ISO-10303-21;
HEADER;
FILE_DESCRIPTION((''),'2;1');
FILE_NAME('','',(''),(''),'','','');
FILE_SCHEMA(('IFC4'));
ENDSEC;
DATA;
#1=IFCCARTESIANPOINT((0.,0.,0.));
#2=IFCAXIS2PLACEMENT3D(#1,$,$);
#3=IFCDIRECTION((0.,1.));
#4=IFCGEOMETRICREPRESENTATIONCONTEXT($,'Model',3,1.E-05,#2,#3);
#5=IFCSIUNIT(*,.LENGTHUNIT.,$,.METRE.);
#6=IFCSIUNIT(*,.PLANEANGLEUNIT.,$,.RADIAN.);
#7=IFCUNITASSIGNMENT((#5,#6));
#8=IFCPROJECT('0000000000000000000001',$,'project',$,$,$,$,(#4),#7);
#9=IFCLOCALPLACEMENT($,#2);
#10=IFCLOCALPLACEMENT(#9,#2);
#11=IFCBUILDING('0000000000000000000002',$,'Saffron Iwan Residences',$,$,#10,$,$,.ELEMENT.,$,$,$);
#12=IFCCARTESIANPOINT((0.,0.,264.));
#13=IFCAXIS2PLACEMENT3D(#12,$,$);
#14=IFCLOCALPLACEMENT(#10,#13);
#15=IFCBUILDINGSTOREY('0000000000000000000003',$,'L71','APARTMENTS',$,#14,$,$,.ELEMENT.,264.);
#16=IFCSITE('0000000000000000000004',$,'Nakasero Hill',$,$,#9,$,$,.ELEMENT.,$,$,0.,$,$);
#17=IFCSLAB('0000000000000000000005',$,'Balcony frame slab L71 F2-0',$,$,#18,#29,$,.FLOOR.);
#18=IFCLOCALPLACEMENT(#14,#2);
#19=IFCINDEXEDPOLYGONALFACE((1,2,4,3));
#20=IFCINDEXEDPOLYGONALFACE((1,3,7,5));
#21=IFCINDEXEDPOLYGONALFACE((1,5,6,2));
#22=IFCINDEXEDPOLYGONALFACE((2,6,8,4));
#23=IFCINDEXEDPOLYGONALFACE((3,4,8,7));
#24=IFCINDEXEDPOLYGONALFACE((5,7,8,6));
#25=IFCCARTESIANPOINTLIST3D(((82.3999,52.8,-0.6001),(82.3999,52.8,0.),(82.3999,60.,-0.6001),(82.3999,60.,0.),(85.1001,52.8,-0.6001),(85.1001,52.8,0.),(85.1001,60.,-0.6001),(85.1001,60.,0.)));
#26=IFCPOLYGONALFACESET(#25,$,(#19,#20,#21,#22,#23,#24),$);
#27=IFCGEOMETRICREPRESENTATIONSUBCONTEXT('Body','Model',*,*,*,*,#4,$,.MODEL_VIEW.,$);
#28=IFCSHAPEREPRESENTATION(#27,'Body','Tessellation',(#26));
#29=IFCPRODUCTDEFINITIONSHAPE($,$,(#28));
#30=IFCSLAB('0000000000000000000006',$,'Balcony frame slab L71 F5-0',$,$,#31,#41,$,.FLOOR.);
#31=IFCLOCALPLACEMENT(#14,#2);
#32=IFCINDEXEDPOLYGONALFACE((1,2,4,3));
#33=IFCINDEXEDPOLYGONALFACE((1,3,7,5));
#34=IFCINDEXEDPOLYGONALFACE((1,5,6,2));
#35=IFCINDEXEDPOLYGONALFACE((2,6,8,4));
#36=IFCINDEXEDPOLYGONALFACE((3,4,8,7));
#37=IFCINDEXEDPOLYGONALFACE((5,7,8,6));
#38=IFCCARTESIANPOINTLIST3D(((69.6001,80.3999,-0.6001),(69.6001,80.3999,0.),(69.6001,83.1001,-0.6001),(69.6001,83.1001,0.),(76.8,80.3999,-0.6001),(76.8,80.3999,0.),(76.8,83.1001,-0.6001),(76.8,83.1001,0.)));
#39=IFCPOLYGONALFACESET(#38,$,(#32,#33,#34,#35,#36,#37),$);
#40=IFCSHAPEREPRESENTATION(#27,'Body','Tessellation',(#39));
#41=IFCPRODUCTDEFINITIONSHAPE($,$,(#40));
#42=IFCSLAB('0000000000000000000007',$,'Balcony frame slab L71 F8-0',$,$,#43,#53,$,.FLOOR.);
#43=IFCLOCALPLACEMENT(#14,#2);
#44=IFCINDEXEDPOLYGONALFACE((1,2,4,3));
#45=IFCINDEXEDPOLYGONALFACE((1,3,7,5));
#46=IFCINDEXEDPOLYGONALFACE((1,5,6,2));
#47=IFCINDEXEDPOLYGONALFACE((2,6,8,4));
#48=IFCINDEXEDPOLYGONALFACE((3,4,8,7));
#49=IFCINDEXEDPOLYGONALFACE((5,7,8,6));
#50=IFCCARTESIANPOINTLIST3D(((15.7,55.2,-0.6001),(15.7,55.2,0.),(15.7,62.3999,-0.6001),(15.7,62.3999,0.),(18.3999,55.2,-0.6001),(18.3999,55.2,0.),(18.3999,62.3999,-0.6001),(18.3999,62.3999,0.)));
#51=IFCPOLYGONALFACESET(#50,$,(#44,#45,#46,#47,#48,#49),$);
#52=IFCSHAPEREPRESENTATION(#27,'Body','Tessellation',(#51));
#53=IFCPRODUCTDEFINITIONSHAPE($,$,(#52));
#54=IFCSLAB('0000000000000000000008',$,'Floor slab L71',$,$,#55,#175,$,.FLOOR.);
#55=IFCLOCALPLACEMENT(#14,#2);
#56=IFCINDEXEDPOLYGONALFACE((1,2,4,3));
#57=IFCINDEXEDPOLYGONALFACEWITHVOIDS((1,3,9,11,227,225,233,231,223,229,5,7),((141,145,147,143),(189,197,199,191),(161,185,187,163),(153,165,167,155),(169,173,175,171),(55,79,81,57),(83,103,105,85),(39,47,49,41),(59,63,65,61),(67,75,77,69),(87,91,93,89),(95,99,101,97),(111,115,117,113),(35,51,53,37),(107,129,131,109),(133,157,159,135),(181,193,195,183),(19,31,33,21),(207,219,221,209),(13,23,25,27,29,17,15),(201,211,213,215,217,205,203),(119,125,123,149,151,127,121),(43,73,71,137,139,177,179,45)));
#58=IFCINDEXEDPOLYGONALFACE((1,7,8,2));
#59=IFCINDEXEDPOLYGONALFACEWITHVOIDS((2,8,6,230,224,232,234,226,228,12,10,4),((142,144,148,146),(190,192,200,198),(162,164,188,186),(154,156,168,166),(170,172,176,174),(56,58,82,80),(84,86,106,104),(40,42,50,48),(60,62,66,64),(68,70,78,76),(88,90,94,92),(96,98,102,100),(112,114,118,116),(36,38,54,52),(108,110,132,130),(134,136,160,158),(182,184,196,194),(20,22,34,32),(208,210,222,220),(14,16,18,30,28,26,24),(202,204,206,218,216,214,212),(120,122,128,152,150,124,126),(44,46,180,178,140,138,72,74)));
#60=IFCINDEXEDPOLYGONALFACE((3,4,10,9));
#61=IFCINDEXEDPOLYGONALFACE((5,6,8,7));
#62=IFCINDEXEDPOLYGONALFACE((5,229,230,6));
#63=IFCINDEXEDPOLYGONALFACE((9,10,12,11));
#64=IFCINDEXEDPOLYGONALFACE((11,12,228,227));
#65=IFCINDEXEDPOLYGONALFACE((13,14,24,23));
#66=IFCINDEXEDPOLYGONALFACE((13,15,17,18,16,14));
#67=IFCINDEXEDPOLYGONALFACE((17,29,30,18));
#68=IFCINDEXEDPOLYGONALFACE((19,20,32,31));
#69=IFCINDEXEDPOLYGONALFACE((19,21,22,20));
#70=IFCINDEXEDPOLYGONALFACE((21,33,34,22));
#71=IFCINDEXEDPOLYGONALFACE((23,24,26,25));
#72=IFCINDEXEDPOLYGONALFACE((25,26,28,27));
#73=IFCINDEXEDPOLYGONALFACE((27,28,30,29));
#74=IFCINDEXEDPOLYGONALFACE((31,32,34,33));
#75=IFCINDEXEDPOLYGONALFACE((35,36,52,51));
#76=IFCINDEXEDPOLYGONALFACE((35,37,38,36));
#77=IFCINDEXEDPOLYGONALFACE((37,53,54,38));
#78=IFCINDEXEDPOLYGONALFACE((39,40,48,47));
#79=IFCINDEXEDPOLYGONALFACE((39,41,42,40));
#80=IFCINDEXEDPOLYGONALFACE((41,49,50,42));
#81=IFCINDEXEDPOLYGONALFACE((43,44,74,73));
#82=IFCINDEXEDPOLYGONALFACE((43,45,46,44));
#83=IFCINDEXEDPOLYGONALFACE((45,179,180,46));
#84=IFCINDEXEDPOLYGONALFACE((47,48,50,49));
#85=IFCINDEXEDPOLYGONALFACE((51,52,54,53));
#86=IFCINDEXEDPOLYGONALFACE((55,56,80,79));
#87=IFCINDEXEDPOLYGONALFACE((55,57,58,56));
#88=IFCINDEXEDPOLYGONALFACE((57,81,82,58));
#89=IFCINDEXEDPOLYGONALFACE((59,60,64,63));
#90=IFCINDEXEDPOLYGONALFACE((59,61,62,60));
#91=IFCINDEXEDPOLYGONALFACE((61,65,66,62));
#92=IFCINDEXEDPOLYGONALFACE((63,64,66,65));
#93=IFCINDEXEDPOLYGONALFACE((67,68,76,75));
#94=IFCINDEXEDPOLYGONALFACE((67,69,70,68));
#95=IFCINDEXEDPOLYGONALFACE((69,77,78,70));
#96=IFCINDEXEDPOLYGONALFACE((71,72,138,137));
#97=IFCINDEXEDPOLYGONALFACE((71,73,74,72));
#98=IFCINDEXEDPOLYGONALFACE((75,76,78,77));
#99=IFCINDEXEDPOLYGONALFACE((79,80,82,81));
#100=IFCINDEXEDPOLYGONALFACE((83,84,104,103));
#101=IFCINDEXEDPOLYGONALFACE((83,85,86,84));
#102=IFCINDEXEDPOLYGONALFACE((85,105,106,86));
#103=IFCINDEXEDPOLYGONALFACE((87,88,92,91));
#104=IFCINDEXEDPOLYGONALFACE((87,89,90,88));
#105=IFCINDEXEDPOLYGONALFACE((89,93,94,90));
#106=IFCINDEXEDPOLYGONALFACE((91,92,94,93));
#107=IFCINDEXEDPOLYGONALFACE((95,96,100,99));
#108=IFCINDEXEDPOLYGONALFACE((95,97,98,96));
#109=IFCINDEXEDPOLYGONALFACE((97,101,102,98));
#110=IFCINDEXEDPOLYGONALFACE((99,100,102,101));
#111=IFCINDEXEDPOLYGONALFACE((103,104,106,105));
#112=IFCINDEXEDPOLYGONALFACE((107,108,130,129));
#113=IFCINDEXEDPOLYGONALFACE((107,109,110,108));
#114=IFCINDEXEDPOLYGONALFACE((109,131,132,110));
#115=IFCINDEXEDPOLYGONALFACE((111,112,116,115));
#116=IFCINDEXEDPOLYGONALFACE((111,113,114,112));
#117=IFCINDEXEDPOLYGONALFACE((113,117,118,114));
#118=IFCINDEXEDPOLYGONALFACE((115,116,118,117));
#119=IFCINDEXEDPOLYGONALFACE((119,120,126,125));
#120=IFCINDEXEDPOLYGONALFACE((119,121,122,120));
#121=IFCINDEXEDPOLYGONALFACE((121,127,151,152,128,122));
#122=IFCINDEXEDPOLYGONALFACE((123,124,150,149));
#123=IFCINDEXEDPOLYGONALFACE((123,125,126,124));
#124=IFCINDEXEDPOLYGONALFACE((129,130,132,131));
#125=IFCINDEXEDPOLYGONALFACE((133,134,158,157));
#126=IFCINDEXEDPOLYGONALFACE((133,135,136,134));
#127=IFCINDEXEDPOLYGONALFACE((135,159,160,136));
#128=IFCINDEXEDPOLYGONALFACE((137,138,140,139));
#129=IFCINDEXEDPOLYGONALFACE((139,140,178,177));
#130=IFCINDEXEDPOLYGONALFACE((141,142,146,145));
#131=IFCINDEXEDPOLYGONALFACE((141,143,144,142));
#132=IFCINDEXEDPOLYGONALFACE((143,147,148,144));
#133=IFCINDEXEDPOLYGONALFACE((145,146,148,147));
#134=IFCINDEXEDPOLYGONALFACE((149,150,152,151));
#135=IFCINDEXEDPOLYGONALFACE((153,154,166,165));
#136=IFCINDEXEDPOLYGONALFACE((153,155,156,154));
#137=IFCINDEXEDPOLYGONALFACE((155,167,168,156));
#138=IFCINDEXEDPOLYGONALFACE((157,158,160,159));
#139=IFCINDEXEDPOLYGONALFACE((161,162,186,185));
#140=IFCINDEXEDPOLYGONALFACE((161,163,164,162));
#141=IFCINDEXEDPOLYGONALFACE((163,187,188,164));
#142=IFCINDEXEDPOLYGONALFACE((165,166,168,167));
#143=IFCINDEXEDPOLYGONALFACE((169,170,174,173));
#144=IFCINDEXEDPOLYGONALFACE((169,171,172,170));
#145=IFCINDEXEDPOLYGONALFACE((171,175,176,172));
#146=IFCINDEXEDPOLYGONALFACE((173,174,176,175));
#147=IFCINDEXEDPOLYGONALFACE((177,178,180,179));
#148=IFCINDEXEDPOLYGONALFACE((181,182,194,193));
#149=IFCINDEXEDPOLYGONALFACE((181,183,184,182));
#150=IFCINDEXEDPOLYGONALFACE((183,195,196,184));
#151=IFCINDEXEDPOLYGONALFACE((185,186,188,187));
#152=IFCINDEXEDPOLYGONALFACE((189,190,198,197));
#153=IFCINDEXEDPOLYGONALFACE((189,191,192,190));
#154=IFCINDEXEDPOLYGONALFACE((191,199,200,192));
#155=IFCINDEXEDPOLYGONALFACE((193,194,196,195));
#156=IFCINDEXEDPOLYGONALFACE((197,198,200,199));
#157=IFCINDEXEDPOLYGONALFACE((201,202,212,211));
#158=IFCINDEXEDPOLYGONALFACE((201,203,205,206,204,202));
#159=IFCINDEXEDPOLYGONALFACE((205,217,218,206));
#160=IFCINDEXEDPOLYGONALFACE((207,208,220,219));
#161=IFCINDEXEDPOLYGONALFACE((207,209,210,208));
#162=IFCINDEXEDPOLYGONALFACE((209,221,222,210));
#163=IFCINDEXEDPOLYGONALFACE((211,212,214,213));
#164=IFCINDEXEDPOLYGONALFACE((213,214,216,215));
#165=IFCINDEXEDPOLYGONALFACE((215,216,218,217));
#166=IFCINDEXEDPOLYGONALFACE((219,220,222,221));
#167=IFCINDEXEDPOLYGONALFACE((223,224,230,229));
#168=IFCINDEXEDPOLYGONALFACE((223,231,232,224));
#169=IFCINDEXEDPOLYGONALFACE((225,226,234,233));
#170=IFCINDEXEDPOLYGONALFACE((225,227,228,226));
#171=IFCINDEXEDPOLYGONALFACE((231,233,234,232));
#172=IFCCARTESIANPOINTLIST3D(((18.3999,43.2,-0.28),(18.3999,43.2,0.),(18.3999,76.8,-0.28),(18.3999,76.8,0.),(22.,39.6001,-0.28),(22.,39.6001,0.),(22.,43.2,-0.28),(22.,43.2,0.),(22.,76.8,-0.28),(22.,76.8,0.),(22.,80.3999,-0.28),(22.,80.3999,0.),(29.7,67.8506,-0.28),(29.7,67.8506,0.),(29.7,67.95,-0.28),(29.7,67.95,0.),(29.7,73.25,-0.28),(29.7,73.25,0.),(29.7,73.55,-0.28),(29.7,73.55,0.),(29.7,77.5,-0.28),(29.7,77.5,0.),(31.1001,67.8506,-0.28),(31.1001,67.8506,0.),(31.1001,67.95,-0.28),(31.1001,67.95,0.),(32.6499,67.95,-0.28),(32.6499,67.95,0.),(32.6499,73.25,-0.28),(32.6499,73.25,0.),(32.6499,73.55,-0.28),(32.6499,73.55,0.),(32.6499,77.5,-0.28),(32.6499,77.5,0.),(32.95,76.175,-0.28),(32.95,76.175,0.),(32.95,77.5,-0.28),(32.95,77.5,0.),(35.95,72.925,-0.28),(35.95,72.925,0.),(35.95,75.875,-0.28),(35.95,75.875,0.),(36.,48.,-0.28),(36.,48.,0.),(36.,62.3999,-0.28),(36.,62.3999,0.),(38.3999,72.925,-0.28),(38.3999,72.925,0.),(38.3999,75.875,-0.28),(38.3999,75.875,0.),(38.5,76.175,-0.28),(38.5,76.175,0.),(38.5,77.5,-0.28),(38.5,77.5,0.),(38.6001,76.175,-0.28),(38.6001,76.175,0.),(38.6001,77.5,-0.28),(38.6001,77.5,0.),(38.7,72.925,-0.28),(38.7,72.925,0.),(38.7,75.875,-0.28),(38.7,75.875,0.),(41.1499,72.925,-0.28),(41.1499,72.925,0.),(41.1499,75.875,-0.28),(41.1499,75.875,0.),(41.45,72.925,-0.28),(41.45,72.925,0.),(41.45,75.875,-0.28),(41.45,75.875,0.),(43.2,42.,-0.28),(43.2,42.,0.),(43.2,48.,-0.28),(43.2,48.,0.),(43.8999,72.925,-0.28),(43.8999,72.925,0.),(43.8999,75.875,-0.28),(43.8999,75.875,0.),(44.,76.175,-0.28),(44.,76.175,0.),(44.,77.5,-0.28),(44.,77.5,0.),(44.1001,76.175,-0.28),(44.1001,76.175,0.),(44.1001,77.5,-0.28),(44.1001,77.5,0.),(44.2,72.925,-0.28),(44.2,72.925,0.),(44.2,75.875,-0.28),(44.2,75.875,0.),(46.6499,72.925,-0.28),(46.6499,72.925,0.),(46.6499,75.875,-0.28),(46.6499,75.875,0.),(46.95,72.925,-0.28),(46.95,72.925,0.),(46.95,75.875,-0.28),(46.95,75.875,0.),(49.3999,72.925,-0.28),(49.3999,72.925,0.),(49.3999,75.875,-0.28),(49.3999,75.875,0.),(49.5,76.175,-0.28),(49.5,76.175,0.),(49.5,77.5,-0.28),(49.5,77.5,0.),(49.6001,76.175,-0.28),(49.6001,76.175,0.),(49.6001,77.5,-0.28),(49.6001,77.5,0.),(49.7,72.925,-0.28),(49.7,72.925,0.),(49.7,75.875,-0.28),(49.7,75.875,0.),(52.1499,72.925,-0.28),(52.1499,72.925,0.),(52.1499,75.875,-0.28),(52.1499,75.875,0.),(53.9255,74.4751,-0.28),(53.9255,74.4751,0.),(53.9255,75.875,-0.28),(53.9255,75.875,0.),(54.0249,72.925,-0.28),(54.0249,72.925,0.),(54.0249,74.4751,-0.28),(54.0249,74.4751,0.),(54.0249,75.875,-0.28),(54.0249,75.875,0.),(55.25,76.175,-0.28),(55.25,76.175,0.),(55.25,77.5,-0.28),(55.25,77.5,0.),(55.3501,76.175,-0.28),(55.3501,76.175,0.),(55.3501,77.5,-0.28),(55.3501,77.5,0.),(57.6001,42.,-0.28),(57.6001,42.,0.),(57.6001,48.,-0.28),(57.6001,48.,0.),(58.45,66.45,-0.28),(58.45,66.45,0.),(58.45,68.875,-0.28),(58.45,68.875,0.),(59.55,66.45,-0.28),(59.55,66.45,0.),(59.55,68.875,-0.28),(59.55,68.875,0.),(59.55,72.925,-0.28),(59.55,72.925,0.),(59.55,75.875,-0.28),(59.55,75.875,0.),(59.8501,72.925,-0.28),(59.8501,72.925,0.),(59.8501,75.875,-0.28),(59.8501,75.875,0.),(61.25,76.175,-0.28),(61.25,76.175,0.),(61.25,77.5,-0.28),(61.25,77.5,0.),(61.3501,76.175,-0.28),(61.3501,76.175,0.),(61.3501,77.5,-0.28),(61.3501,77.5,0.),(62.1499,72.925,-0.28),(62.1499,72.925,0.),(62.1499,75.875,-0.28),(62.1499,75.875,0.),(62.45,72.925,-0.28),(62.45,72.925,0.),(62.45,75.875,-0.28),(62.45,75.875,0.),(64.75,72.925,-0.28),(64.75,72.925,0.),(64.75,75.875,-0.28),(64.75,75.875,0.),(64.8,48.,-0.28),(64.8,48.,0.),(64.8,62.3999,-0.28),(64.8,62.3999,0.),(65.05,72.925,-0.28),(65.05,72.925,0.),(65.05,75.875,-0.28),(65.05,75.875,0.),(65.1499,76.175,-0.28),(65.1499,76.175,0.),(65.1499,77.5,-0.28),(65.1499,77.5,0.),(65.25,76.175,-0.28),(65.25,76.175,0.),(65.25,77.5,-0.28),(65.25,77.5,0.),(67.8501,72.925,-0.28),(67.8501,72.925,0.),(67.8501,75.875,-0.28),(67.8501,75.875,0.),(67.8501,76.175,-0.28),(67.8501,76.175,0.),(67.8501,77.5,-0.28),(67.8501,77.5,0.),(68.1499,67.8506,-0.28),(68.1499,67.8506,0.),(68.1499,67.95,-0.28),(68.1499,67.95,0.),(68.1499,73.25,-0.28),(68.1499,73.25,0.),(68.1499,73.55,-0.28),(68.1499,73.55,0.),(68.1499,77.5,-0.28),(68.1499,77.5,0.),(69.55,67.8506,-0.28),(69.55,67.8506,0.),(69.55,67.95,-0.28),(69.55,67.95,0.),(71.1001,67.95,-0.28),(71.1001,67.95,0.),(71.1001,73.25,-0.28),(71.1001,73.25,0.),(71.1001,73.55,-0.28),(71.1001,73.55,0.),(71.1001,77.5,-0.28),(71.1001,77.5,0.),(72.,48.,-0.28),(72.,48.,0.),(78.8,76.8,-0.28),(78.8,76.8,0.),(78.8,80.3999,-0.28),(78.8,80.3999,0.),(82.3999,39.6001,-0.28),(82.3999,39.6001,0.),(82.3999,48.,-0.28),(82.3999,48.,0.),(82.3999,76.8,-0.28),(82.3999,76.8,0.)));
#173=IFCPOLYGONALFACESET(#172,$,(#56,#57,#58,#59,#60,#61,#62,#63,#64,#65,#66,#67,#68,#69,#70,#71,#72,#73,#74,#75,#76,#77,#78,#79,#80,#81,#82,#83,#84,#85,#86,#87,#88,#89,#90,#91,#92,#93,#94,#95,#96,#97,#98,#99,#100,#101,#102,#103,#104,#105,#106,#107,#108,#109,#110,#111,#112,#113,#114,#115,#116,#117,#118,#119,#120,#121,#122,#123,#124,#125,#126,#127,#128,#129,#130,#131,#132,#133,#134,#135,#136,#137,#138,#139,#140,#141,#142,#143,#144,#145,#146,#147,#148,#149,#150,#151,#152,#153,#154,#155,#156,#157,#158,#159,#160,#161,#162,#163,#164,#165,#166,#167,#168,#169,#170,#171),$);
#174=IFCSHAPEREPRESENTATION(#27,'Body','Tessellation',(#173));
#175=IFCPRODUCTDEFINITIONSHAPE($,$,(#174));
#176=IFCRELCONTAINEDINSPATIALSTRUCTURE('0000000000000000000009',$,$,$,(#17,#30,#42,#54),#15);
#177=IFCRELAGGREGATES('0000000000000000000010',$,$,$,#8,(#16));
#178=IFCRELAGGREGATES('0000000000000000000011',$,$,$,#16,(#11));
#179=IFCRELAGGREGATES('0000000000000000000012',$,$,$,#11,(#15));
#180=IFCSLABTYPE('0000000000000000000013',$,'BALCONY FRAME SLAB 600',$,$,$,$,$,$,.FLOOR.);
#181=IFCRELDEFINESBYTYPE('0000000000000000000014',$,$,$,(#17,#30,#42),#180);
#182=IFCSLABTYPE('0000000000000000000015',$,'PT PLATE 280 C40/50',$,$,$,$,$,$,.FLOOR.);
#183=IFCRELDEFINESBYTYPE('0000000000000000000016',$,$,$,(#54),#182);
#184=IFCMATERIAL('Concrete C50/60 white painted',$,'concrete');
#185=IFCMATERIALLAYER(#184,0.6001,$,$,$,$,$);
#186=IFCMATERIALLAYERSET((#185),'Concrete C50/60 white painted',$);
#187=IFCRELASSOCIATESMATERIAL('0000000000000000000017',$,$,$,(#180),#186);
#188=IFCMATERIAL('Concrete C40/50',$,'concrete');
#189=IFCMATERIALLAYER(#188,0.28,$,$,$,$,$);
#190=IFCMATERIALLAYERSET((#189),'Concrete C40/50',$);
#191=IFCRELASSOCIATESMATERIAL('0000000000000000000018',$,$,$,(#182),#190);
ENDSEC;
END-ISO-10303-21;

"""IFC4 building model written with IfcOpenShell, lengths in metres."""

from ifc_helpers import new_model, si_unit, direction, frame, origin, place, context, subcontext, project, spatial, polyline, outline, extrude, material, layer, layer_set, type_object, element, save


model = new_model("IFC4")

# Units and contexts
model_context = context("Model", 3, precision=1e-05, world=origin(), true_north=direction((0.0, 1.0)))
body_context = subcontext(model_context, "Body", "Model", "MODEL_VIEW")
ifc_project = project(units=[si_unit("LENGTHUNIT", "METRE"), si_unit("PLANEANGLEUNIT", "RADIAN")], contexts=[model_context])

# Site, building, storey
site_placement = place(None, origin())
site = spatial("IfcSite", under=ifc_project, at=site_placement, Name="Nakasero Hill", CompositionType="ELEMENT", RefElevation=0.0)
building_placement = place(site_placement, origin())
building = spatial("IfcBuilding", under=site, at=building_placement, Name="Saffron Iwan Residences", CompositionType="ELEMENT")
storey_placement = place(building_placement, frame((0.0, 0.0, 264.0)))
storey = spatial("IfcBuildingStorey", under=building, at=storey_placement, Name="L71", Description="APARTMENTS", CompositionType="ELEMENT", Elevation=264.0)

# Slabs
ifc_material_1 = material(Name="Concrete C50/60 white painted", Category="concrete")
ifc_layer_1 = layer(ifc_material_1, 0.6001)
ifc_layer_set_1 = layer_set([ifc_layer_1], Name="Concrete C50/60 white painted")
slab_type_1 = type_object("IfcSlabType", Name="BALCONY FRAME SLAB 600", PredefinedType="FLOOR", material=ifc_layer_set_1)
slab_1_placement = place(storey_placement, frame((0.0, 0.0, -0.6001)))
element("IfcSlab", 1, at=slab_1_placement, inside=storey, type_object=slab_type_1, Name="Balcony frame slab L71 F2-0", PredefinedType="FLOOR", context=body_context, shape_type="SweptSolid", body=[
    extrude(outline(polyline([(85.1001, 52.8), (85.1001, 60.0), (82.3999, 60.0), (82.3999, 52.8), (85.1001, 52.8)])), origin(), (0.0, 0.0, 1.0), 0.6001),
])
slab_2_placement = place(storey_placement, frame((0.0, 0.0, -0.6001)))
element("IfcSlab", 2, at=slab_2_placement, inside=storey, type_object=slab_type_1, Name="Balcony frame slab L71 F5-0", PredefinedType="FLOOR", context=body_context, shape_type="SweptSolid", body=[
    extrude(outline(polyline([(76.8, 83.1001), (69.6001, 83.1001), (69.6001, 80.3999), (76.8, 80.3999), (76.8, 83.1001)])), origin(), (0.0, 0.0, 1.0), 0.6001),
])
slab_3_placement = place(storey_placement, frame((0.0, 0.0, -0.6001)))
element("IfcSlab", 3, at=slab_3_placement, inside=storey, type_object=slab_type_1, Name="Balcony frame slab L71 F8-0", PredefinedType="FLOOR", context=body_context, shape_type="SweptSolid", body=[
    extrude(outline(polyline([(15.7, 62.3999), (15.7, 55.2), (18.3999, 55.2), (18.3999, 62.3999), (15.7, 62.3999)])), origin(), (0.0, 0.0, 1.0), 0.6001),
])
ifc_material_2 = material(Name="Concrete C40/50", Category="concrete")
ifc_layer_2 = layer(ifc_material_2, 0.28)
ifc_layer_set_2 = layer_set([ifc_layer_2], Name="Concrete C40/50")
slab_type_2 = type_object("IfcSlabType", Name="PT PLATE 280 C40/50", PredefinedType="FLOOR", material=ifc_layer_set_2)
slab_4_placement = place(storey_placement, frame((0.0, 0.0, -0.28)))
element("IfcSlab", 4, at=slab_4_placement, inside=storey, type_object=slab_type_2, Name="Floor slab L71", PredefinedType="FLOOR", context=body_context, shape_type="SweptSolid", body=[
    extrude(outline(polyline([(18.3999, 43.2), (18.3999, 76.8), (22.0, 76.8), (22.0, 80.3999), (78.8, 80.3999), (78.8, 76.8), (82.3999, 76.8), (82.3999, 48.0), (72.0, 48.0), (82.3999, 39.6001), (22.0, 39.6001), (22.0, 43.2), (18.3999, 43.2)]), holes=[polyline([(64.8, 48.0), (64.8, 62.3999), (36.0, 62.3999), (36.0, 48.0), (43.2, 48.0), (43.2, 42.0), (57.6001, 42.0), (57.6001, 48.0), (64.8, 48.0)]), polyline([(29.7, 73.25), (29.7, 67.95), (29.7, 67.8506), (31.1001, 67.8506), (31.1001, 67.95), (32.6499, 67.95), (32.6499, 73.25), (29.7, 73.25)]), polyline([(38.3999, 75.875), (35.95, 75.875), (35.95, 72.925), (38.3999, 72.925), (38.3999, 75.875)]), polyline([(41.1499, 75.875), (38.7, 75.875), (38.7, 72.925), (41.1499, 72.925), (41.1499, 75.875)]), polyline([(43.8999, 72.925), (43.8999, 75.875), (41.45, 75.875), (41.45, 72.925), (43.8999, 72.925)]), polyline([(46.6499, 72.925), (46.6499, 75.875), (44.2, 75.875), (44.2, 72.925), (46.6499, 72.925)]), polyline([(49.3999, 75.875), (46.95, 75.875), (46.95, 72.925), (49.3999, 72.925), (49.3999, 75.875)]), polyline([(52.1499, 72.925), (52.1499, 75.875), (49.7, 75.875), (49.7, 72.925), (52.1499, 72.925)]), polyline([(32.6499, 73.55), (32.6499, 77.5), (29.7, 77.5), (29.7, 73.55), (32.6499, 73.55)]), polyline([(38.5, 77.5), (32.95, 77.5), (32.95, 76.175), (38.5, 76.175), (38.5, 77.5)]), polyline([(44.0, 76.175), (44.0, 77.5), (38.6001, 77.5), (38.6001, 76.175), (44.0, 76.175)]), polyline([(49.5, 76.175), (49.5, 77.5), (44.1001, 77.5), (44.1001, 76.175), (49.5, 76.175)]), polyline([(59.55, 68.875), (58.45, 68.875), (58.45, 66.45), (59.55, 66.45), (59.55, 68.875)]), polyline([(68.1499, 73.25), (68.1499, 67.95), (68.1499, 67.8506), (69.55, 67.8506), (69.55, 67.95), (71.1001, 67.95), (71.1001, 73.25), (68.1499, 73.25)]), polyline([(54.0249, 74.4751), (54.0249, 72.925), (59.55, 72.925), (59.55, 75.875), (54.0249, 75.875), (53.9255, 75.875), (53.9255, 74.4751), (54.0249, 74.4751)]), polyline([(62.1499, 72.925), (62.1499, 75.875), (59.8501, 75.875), (59.8501, 72.925), (62.1499, 72.925)]), polyline([(64.75, 72.925), (64.75, 75.875), (62.45, 75.875), (62.45, 72.925), (64.75, 72.925)]), polyline([(67.8501, 75.875), (65.05, 75.875), (65.05, 72.925), (67.8501, 72.925), (67.8501, 75.875)]), polyline([(71.1001, 73.55), (71.1001, 77.5), (68.1499, 77.5), (68.1499, 73.55), (71.1001, 73.55)]), polyline([(55.25, 76.175), (55.25, 77.5), (49.6001, 77.5), (49.6001, 76.175), (55.25, 76.175)]), polyline([(61.25, 77.5), (55.3501, 77.5), (55.3501, 76.175), (61.25, 76.175), (61.25, 77.5)]), polyline([(65.1499, 76.175), (65.1499, 77.5), (61.3501, 77.5), (61.3501, 76.175), (65.1499, 76.175)]), polyline([(67.8501, 76.175), (67.8501, 77.5), (65.25, 77.5), (65.25, 76.175), (67.8501, 76.175)])]), origin(), (0.0, 0.0, 1.0), 0.28),
])

save(model, "model.ifc")
